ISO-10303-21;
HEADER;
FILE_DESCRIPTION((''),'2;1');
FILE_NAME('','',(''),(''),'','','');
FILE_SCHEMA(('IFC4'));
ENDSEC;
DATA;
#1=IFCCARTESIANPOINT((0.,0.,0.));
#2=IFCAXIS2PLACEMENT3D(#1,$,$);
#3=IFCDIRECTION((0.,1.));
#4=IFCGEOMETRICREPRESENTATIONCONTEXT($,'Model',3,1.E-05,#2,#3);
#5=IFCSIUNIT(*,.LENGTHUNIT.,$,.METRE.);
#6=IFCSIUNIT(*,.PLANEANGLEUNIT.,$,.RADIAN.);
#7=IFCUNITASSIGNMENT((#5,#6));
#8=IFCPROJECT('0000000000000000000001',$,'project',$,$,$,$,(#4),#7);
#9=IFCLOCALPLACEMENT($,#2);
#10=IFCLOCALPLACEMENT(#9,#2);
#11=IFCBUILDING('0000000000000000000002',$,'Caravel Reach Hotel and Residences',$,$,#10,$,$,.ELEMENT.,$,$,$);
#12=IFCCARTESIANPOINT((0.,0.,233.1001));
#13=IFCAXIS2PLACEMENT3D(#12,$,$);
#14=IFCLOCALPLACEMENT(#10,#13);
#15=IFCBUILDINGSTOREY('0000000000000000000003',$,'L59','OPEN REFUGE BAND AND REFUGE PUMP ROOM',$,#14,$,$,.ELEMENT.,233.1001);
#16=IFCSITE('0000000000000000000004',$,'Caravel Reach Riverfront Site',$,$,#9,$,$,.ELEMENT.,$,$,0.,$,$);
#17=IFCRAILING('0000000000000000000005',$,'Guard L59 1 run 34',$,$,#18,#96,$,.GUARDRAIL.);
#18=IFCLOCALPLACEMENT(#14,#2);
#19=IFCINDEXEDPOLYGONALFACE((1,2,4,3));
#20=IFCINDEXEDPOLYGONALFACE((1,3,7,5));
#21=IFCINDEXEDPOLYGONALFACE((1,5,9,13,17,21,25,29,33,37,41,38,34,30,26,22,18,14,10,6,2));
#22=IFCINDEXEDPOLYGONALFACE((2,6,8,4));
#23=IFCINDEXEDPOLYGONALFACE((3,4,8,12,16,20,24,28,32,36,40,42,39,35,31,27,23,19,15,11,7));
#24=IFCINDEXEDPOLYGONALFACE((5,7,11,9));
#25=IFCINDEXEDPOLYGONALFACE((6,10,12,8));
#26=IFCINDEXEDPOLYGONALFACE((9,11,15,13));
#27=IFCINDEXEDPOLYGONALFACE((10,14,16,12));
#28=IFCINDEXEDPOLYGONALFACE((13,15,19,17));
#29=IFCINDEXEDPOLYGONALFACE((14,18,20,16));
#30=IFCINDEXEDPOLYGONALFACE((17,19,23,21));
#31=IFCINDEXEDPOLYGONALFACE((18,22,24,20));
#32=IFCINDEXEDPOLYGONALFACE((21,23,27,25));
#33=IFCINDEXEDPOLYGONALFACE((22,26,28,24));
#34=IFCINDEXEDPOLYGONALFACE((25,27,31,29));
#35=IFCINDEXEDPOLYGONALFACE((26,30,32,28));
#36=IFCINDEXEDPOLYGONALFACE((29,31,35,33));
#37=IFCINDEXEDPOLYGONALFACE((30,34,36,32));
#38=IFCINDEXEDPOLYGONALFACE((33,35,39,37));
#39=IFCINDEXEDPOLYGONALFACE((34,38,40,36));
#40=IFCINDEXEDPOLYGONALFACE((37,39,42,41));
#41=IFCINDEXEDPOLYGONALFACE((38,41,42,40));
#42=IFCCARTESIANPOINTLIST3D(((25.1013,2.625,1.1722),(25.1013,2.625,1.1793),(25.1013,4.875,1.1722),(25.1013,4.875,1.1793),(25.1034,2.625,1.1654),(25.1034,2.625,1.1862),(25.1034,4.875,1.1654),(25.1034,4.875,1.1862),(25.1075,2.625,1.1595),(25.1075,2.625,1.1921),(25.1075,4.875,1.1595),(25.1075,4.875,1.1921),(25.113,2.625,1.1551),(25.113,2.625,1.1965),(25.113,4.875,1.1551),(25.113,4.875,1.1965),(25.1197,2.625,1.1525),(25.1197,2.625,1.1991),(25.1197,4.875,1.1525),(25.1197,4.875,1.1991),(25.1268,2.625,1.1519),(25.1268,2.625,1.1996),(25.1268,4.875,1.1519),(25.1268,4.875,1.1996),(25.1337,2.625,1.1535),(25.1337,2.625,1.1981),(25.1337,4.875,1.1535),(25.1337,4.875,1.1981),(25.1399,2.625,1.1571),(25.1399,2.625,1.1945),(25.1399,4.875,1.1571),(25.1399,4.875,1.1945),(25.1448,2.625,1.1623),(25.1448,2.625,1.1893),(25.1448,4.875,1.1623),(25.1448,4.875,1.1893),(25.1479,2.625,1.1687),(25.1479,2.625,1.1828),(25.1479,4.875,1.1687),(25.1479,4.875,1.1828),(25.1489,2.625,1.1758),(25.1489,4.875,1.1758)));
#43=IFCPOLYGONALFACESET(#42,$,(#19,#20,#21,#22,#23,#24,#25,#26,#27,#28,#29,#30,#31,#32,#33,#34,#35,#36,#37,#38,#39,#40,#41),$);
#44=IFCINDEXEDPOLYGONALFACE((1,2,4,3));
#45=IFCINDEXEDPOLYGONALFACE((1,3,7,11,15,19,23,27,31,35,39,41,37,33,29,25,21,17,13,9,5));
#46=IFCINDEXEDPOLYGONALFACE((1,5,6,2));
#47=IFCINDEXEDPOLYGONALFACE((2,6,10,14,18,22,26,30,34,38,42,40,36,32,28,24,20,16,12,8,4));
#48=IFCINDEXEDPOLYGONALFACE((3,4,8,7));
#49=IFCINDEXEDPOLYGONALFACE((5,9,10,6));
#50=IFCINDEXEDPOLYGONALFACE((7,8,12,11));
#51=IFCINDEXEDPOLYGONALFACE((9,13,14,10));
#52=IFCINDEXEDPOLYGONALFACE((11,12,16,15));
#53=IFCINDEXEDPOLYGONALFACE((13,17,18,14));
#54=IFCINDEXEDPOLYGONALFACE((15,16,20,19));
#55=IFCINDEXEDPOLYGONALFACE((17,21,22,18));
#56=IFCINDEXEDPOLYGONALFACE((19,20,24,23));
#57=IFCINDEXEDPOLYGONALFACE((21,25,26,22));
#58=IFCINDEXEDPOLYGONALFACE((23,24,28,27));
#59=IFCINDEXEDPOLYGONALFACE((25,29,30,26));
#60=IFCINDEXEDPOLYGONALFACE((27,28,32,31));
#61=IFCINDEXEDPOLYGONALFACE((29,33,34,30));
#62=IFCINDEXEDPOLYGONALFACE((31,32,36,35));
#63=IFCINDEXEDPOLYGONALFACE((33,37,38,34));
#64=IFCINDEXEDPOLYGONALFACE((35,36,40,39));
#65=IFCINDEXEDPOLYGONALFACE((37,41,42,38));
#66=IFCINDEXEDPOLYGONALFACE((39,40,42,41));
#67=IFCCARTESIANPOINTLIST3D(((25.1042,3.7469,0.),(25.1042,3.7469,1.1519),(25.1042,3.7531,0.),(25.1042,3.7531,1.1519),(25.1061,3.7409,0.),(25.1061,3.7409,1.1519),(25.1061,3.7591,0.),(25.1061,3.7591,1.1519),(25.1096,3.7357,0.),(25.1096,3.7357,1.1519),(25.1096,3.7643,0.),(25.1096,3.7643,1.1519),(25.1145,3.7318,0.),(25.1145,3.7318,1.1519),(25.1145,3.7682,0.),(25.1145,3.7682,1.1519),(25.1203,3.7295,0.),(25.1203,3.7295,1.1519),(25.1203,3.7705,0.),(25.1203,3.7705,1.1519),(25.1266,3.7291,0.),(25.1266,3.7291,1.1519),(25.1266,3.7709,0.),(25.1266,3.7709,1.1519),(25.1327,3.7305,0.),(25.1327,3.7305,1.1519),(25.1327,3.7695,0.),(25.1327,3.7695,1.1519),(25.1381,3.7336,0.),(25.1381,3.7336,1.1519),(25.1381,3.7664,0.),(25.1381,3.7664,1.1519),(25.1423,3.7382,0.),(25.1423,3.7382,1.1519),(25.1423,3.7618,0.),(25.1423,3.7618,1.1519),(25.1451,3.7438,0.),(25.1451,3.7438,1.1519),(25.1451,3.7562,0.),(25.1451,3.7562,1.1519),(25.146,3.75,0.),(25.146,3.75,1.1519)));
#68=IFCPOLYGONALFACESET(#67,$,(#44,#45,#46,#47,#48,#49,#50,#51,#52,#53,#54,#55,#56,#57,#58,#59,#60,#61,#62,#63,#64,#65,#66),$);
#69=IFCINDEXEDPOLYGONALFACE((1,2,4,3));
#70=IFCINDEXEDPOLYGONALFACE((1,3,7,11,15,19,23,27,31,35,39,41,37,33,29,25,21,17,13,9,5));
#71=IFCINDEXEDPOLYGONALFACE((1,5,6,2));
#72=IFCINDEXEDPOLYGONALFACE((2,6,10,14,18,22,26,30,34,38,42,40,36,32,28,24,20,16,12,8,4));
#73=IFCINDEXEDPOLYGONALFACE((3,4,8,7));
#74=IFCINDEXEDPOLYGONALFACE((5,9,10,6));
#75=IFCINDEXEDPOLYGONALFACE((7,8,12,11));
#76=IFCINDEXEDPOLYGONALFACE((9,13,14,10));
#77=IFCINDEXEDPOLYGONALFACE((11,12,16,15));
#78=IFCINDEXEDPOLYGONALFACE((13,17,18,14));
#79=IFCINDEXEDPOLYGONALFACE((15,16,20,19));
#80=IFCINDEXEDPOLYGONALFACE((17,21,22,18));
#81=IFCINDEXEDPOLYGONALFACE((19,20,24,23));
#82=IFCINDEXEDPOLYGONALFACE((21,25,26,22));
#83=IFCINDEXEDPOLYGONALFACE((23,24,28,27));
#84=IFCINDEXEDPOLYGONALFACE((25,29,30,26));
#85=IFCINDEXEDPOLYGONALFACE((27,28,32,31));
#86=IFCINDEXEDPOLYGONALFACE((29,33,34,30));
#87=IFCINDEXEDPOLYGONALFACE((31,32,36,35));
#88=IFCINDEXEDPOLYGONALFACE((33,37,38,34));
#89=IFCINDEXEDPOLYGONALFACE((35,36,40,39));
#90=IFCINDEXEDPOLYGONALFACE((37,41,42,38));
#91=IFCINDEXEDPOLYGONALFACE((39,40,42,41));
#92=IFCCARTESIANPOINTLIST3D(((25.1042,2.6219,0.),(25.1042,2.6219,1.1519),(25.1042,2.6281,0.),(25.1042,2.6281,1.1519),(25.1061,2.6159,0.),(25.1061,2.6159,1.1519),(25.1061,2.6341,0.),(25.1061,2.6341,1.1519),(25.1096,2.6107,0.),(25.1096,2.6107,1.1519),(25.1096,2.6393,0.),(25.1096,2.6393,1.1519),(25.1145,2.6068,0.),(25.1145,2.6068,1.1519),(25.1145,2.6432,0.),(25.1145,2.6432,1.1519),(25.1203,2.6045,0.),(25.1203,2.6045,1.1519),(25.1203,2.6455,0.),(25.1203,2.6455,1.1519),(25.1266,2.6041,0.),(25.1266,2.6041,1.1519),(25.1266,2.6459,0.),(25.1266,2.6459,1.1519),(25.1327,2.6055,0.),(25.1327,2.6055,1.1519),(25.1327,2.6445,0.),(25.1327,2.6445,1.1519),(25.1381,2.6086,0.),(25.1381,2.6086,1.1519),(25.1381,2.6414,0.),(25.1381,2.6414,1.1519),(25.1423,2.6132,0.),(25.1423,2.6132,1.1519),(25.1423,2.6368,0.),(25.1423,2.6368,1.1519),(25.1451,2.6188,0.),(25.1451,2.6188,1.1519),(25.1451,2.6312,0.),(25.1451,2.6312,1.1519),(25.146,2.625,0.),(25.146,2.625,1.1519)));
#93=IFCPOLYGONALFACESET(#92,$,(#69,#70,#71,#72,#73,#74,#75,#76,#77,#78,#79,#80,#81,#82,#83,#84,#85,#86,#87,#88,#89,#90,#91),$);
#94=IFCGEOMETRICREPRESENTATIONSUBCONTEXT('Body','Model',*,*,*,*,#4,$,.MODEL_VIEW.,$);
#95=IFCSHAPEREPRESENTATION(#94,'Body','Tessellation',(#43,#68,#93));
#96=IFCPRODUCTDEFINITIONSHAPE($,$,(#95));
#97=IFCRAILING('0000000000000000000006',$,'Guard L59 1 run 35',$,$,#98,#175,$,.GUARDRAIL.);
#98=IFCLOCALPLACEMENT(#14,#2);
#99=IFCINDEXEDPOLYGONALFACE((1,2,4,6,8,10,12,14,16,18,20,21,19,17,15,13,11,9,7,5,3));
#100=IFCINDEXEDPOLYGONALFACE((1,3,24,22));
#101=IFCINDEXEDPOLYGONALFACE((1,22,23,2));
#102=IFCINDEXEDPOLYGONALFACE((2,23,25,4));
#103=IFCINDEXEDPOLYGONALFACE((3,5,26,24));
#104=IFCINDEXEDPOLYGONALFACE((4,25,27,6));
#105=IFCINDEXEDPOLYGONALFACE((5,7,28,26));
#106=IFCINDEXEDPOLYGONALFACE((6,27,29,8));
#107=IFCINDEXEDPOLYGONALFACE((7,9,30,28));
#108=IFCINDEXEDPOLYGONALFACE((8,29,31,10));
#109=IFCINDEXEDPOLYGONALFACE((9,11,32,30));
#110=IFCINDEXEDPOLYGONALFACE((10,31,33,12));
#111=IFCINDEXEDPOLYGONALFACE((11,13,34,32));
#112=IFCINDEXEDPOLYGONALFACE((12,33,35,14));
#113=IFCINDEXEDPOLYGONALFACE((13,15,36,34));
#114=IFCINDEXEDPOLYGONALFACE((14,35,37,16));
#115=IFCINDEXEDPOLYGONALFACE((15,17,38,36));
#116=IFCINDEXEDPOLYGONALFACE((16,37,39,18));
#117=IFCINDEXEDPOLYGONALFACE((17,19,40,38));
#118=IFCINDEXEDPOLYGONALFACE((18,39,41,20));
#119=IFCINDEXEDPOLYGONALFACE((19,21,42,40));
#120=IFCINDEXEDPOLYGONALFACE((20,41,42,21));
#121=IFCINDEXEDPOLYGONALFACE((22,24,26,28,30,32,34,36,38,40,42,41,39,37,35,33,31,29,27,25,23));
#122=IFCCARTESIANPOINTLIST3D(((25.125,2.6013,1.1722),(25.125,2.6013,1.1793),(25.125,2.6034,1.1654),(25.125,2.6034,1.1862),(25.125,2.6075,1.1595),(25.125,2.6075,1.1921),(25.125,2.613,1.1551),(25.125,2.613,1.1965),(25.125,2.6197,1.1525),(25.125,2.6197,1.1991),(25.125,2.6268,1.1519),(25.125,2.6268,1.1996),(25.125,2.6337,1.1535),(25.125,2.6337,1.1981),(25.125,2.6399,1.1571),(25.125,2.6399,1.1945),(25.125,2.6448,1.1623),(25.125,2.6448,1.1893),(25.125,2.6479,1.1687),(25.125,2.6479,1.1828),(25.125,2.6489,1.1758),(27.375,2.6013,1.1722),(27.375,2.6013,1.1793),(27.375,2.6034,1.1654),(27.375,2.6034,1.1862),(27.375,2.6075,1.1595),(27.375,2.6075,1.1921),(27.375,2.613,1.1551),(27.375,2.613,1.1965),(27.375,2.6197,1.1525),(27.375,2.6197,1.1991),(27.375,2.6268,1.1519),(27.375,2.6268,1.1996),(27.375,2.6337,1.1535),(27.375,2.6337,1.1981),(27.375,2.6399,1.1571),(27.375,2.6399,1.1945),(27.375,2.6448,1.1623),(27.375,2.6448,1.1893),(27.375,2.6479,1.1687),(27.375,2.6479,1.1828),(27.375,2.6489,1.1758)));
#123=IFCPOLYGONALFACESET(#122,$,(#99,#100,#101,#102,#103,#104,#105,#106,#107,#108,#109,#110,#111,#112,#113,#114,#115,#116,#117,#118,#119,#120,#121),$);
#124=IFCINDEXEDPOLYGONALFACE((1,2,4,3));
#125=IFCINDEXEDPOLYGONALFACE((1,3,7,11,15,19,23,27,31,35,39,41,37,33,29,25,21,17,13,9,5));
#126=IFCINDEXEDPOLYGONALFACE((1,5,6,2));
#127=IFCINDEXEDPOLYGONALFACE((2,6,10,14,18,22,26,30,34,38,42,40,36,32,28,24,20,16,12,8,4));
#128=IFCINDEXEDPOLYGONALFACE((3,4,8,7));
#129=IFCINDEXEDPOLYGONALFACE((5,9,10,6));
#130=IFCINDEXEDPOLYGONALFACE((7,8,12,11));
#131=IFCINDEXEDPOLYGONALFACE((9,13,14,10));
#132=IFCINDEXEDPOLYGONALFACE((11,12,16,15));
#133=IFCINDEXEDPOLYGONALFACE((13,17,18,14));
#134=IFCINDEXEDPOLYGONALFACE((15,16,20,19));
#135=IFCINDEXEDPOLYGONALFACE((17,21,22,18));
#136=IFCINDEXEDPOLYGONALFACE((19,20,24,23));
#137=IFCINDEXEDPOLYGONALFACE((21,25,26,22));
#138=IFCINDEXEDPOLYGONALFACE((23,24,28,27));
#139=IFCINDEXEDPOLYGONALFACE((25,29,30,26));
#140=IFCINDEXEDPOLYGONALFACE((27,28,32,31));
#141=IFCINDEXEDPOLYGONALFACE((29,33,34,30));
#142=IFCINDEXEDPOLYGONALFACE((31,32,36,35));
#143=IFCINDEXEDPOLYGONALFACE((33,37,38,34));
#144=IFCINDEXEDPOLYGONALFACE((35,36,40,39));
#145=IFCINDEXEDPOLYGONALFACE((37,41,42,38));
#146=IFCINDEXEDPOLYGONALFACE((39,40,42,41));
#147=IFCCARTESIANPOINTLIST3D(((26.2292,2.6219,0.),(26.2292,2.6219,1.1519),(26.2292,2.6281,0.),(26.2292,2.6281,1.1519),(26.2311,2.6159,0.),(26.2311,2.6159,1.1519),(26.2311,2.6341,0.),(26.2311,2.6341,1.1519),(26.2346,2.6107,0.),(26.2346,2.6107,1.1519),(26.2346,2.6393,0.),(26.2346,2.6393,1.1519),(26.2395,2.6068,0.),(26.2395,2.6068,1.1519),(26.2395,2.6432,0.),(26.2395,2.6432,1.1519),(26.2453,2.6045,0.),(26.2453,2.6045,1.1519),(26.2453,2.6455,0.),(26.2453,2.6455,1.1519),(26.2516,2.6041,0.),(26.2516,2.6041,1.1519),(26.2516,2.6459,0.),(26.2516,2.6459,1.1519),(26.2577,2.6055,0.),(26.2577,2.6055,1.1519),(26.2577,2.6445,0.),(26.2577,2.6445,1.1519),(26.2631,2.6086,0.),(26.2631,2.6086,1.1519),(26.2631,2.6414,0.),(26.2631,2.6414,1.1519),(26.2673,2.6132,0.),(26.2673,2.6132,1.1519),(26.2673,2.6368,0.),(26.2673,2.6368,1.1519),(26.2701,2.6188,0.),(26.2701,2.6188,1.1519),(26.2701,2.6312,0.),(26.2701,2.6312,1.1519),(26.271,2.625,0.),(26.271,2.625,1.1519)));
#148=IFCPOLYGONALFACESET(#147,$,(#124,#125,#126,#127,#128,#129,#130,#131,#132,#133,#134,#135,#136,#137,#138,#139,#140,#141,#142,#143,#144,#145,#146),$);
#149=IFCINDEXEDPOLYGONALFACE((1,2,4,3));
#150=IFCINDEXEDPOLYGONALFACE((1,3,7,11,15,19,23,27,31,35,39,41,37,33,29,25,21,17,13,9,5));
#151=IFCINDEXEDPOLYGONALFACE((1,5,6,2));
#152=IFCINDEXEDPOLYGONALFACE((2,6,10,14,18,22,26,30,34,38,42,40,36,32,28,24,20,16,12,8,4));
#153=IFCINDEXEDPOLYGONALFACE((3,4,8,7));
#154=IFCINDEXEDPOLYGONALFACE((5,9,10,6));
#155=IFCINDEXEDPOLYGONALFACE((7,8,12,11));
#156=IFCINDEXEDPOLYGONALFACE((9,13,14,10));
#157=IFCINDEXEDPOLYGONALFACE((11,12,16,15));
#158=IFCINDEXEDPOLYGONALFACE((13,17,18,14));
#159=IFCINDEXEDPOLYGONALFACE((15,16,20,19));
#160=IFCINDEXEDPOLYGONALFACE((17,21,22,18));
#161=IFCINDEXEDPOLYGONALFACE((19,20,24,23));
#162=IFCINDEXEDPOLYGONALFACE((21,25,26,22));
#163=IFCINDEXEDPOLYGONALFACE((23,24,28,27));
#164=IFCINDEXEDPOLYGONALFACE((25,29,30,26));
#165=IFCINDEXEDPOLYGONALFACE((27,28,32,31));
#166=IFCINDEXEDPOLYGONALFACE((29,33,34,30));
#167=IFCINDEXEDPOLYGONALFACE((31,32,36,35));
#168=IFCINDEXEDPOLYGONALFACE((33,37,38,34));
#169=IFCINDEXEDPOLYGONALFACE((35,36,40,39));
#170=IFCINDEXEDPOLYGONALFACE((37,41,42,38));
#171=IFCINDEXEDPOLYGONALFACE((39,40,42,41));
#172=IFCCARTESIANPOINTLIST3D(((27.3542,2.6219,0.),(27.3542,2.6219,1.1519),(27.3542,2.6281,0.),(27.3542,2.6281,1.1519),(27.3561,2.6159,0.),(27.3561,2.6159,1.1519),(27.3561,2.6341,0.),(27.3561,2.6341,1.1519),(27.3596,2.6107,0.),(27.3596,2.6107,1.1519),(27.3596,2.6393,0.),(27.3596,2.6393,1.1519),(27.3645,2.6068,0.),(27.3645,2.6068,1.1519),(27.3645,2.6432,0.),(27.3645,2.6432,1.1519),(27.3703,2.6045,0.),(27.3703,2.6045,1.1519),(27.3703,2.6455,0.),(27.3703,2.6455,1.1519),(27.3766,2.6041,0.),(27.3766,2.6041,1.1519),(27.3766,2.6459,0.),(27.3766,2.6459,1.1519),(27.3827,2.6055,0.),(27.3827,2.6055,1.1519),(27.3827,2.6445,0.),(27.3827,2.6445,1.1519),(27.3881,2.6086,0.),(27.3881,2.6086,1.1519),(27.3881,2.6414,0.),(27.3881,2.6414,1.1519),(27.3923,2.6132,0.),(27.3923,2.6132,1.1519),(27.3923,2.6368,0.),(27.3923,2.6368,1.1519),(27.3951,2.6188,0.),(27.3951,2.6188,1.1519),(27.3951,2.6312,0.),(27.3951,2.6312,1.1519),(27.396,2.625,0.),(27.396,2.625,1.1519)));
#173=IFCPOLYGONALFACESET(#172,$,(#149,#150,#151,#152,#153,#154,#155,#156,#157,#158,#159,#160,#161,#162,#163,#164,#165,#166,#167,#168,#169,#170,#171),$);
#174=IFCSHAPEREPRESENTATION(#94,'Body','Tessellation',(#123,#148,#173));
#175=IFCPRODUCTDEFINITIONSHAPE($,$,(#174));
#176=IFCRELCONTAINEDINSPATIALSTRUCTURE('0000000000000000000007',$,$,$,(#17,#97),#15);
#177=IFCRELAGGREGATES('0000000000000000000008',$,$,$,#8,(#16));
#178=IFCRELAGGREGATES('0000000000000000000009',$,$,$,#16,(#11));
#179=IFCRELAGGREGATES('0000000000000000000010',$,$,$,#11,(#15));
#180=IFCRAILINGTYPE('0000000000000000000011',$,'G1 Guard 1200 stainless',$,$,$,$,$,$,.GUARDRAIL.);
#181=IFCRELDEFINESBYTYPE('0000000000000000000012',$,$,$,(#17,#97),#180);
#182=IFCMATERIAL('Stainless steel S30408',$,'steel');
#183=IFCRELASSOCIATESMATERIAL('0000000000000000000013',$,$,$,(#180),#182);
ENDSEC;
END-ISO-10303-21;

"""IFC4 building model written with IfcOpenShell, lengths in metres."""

from ifc_helpers import new_model, si_unit, direction, frame, origin, origin_2d, place, context, subcontext, project, spatial, circle, extrude, material, type_object, element, save


model = new_model("IFC4")

# Units and contexts
model_context = context("Model", 3, precision=1e-05, world=origin(), true_north=direction((0.0, 1.0)))
body_context = subcontext(model_context, "Body", "Model", "MODEL_VIEW")
ifc_project = project(units=[si_unit("LENGTHUNIT", "METRE"), si_unit("PLANEANGLEUNIT", "RADIAN")], contexts=[model_context])

# Site, building, storey
site_placement = place(None, origin())
site = spatial("IfcSite", under=ifc_project, at=site_placement, Name="Caravel Reach Riverfront Site", CompositionType="ELEMENT", RefElevation=0.0)
building_placement = place(site_placement, origin())
building = spatial("IfcBuilding", under=site, at=building_placement, Name="Caravel Reach Hotel and Residences", CompositionType="ELEMENT")
storey_placement = place(building_placement, frame((0.0, 0.0, 233.1001)))
storey = spatial("IfcBuildingStorey", under=building, at=storey_placement, Name="L59", Description="OPEN REFUGE BAND AND REFUGE PUMP ROOM", CompositionType="ELEMENT", Elevation=233.1001)

# Railings
ifc_material_1 = material(Name="Stainless steel S30408", Category="steel")
railing_type = type_object("IfcRailingType", Name="G1 Guard 1200 stainless", PredefinedType="GUARDRAIL", material=ifc_material_1)
railing_1_placement = place(storey_placement, frame((25.125, 4.875, 0.0)))
element("IfcRailing", 1, at=railing_1_placement, inside=storey, type_object=railing_type, Name="Guard L59 1 run 34", PredefinedType="GUARDRAIL", context=body_context, shape_type="SweptSolid", body=[
    extrude(circle(Radius=0.0239, at=origin_2d()), frame((0.0, 0.0, 1.1758), z_axis=(0.0, -1.0, 0.0), x_axis=(1.0, 0.0, 0.0)), (0.0, 0.0, 1.0), 2.25),
    extrude(circle(Radius=0.021, at=origin_2d()), frame((0.0, -1.125, 0.0)), (0.0, 0.0, 1.0), 1.1519),
    extrude(circle(Radius=0.021, at=origin_2d()), frame((0.0, -2.25, 0.0)), (0.0, 0.0, 1.0), 1.1519),
])
railing_2_placement = place(storey_placement, frame((25.125, 2.625, 0.0)))
element("IfcRailing", 2, at=railing_2_placement, inside=storey, type_object=railing_type, Name="Guard L59 1 run 35", PredefinedType="GUARDRAIL", context=body_context, shape_type="SweptSolid", body=[
    extrude(circle(Radius=0.0239, at=origin_2d()), frame((0.0, 0.0, 1.1758), z_axis=(1.0, 0.0, 0.0), x_axis=(0.0, 1.0, 0.0)), (0.0, 0.0, 1.0), 2.25),
    extrude(circle(Radius=0.021, at=origin_2d()), frame((1.125, 0.0, 0.0)), (0.0, 0.0, 1.0), 1.1519),
    extrude(circle(Radius=0.021, at=origin_2d()), frame((2.25, 0.0, 0.0)), (0.0, 0.0, 1.0), 1.1519),
])

save(model, "model.ifc")
